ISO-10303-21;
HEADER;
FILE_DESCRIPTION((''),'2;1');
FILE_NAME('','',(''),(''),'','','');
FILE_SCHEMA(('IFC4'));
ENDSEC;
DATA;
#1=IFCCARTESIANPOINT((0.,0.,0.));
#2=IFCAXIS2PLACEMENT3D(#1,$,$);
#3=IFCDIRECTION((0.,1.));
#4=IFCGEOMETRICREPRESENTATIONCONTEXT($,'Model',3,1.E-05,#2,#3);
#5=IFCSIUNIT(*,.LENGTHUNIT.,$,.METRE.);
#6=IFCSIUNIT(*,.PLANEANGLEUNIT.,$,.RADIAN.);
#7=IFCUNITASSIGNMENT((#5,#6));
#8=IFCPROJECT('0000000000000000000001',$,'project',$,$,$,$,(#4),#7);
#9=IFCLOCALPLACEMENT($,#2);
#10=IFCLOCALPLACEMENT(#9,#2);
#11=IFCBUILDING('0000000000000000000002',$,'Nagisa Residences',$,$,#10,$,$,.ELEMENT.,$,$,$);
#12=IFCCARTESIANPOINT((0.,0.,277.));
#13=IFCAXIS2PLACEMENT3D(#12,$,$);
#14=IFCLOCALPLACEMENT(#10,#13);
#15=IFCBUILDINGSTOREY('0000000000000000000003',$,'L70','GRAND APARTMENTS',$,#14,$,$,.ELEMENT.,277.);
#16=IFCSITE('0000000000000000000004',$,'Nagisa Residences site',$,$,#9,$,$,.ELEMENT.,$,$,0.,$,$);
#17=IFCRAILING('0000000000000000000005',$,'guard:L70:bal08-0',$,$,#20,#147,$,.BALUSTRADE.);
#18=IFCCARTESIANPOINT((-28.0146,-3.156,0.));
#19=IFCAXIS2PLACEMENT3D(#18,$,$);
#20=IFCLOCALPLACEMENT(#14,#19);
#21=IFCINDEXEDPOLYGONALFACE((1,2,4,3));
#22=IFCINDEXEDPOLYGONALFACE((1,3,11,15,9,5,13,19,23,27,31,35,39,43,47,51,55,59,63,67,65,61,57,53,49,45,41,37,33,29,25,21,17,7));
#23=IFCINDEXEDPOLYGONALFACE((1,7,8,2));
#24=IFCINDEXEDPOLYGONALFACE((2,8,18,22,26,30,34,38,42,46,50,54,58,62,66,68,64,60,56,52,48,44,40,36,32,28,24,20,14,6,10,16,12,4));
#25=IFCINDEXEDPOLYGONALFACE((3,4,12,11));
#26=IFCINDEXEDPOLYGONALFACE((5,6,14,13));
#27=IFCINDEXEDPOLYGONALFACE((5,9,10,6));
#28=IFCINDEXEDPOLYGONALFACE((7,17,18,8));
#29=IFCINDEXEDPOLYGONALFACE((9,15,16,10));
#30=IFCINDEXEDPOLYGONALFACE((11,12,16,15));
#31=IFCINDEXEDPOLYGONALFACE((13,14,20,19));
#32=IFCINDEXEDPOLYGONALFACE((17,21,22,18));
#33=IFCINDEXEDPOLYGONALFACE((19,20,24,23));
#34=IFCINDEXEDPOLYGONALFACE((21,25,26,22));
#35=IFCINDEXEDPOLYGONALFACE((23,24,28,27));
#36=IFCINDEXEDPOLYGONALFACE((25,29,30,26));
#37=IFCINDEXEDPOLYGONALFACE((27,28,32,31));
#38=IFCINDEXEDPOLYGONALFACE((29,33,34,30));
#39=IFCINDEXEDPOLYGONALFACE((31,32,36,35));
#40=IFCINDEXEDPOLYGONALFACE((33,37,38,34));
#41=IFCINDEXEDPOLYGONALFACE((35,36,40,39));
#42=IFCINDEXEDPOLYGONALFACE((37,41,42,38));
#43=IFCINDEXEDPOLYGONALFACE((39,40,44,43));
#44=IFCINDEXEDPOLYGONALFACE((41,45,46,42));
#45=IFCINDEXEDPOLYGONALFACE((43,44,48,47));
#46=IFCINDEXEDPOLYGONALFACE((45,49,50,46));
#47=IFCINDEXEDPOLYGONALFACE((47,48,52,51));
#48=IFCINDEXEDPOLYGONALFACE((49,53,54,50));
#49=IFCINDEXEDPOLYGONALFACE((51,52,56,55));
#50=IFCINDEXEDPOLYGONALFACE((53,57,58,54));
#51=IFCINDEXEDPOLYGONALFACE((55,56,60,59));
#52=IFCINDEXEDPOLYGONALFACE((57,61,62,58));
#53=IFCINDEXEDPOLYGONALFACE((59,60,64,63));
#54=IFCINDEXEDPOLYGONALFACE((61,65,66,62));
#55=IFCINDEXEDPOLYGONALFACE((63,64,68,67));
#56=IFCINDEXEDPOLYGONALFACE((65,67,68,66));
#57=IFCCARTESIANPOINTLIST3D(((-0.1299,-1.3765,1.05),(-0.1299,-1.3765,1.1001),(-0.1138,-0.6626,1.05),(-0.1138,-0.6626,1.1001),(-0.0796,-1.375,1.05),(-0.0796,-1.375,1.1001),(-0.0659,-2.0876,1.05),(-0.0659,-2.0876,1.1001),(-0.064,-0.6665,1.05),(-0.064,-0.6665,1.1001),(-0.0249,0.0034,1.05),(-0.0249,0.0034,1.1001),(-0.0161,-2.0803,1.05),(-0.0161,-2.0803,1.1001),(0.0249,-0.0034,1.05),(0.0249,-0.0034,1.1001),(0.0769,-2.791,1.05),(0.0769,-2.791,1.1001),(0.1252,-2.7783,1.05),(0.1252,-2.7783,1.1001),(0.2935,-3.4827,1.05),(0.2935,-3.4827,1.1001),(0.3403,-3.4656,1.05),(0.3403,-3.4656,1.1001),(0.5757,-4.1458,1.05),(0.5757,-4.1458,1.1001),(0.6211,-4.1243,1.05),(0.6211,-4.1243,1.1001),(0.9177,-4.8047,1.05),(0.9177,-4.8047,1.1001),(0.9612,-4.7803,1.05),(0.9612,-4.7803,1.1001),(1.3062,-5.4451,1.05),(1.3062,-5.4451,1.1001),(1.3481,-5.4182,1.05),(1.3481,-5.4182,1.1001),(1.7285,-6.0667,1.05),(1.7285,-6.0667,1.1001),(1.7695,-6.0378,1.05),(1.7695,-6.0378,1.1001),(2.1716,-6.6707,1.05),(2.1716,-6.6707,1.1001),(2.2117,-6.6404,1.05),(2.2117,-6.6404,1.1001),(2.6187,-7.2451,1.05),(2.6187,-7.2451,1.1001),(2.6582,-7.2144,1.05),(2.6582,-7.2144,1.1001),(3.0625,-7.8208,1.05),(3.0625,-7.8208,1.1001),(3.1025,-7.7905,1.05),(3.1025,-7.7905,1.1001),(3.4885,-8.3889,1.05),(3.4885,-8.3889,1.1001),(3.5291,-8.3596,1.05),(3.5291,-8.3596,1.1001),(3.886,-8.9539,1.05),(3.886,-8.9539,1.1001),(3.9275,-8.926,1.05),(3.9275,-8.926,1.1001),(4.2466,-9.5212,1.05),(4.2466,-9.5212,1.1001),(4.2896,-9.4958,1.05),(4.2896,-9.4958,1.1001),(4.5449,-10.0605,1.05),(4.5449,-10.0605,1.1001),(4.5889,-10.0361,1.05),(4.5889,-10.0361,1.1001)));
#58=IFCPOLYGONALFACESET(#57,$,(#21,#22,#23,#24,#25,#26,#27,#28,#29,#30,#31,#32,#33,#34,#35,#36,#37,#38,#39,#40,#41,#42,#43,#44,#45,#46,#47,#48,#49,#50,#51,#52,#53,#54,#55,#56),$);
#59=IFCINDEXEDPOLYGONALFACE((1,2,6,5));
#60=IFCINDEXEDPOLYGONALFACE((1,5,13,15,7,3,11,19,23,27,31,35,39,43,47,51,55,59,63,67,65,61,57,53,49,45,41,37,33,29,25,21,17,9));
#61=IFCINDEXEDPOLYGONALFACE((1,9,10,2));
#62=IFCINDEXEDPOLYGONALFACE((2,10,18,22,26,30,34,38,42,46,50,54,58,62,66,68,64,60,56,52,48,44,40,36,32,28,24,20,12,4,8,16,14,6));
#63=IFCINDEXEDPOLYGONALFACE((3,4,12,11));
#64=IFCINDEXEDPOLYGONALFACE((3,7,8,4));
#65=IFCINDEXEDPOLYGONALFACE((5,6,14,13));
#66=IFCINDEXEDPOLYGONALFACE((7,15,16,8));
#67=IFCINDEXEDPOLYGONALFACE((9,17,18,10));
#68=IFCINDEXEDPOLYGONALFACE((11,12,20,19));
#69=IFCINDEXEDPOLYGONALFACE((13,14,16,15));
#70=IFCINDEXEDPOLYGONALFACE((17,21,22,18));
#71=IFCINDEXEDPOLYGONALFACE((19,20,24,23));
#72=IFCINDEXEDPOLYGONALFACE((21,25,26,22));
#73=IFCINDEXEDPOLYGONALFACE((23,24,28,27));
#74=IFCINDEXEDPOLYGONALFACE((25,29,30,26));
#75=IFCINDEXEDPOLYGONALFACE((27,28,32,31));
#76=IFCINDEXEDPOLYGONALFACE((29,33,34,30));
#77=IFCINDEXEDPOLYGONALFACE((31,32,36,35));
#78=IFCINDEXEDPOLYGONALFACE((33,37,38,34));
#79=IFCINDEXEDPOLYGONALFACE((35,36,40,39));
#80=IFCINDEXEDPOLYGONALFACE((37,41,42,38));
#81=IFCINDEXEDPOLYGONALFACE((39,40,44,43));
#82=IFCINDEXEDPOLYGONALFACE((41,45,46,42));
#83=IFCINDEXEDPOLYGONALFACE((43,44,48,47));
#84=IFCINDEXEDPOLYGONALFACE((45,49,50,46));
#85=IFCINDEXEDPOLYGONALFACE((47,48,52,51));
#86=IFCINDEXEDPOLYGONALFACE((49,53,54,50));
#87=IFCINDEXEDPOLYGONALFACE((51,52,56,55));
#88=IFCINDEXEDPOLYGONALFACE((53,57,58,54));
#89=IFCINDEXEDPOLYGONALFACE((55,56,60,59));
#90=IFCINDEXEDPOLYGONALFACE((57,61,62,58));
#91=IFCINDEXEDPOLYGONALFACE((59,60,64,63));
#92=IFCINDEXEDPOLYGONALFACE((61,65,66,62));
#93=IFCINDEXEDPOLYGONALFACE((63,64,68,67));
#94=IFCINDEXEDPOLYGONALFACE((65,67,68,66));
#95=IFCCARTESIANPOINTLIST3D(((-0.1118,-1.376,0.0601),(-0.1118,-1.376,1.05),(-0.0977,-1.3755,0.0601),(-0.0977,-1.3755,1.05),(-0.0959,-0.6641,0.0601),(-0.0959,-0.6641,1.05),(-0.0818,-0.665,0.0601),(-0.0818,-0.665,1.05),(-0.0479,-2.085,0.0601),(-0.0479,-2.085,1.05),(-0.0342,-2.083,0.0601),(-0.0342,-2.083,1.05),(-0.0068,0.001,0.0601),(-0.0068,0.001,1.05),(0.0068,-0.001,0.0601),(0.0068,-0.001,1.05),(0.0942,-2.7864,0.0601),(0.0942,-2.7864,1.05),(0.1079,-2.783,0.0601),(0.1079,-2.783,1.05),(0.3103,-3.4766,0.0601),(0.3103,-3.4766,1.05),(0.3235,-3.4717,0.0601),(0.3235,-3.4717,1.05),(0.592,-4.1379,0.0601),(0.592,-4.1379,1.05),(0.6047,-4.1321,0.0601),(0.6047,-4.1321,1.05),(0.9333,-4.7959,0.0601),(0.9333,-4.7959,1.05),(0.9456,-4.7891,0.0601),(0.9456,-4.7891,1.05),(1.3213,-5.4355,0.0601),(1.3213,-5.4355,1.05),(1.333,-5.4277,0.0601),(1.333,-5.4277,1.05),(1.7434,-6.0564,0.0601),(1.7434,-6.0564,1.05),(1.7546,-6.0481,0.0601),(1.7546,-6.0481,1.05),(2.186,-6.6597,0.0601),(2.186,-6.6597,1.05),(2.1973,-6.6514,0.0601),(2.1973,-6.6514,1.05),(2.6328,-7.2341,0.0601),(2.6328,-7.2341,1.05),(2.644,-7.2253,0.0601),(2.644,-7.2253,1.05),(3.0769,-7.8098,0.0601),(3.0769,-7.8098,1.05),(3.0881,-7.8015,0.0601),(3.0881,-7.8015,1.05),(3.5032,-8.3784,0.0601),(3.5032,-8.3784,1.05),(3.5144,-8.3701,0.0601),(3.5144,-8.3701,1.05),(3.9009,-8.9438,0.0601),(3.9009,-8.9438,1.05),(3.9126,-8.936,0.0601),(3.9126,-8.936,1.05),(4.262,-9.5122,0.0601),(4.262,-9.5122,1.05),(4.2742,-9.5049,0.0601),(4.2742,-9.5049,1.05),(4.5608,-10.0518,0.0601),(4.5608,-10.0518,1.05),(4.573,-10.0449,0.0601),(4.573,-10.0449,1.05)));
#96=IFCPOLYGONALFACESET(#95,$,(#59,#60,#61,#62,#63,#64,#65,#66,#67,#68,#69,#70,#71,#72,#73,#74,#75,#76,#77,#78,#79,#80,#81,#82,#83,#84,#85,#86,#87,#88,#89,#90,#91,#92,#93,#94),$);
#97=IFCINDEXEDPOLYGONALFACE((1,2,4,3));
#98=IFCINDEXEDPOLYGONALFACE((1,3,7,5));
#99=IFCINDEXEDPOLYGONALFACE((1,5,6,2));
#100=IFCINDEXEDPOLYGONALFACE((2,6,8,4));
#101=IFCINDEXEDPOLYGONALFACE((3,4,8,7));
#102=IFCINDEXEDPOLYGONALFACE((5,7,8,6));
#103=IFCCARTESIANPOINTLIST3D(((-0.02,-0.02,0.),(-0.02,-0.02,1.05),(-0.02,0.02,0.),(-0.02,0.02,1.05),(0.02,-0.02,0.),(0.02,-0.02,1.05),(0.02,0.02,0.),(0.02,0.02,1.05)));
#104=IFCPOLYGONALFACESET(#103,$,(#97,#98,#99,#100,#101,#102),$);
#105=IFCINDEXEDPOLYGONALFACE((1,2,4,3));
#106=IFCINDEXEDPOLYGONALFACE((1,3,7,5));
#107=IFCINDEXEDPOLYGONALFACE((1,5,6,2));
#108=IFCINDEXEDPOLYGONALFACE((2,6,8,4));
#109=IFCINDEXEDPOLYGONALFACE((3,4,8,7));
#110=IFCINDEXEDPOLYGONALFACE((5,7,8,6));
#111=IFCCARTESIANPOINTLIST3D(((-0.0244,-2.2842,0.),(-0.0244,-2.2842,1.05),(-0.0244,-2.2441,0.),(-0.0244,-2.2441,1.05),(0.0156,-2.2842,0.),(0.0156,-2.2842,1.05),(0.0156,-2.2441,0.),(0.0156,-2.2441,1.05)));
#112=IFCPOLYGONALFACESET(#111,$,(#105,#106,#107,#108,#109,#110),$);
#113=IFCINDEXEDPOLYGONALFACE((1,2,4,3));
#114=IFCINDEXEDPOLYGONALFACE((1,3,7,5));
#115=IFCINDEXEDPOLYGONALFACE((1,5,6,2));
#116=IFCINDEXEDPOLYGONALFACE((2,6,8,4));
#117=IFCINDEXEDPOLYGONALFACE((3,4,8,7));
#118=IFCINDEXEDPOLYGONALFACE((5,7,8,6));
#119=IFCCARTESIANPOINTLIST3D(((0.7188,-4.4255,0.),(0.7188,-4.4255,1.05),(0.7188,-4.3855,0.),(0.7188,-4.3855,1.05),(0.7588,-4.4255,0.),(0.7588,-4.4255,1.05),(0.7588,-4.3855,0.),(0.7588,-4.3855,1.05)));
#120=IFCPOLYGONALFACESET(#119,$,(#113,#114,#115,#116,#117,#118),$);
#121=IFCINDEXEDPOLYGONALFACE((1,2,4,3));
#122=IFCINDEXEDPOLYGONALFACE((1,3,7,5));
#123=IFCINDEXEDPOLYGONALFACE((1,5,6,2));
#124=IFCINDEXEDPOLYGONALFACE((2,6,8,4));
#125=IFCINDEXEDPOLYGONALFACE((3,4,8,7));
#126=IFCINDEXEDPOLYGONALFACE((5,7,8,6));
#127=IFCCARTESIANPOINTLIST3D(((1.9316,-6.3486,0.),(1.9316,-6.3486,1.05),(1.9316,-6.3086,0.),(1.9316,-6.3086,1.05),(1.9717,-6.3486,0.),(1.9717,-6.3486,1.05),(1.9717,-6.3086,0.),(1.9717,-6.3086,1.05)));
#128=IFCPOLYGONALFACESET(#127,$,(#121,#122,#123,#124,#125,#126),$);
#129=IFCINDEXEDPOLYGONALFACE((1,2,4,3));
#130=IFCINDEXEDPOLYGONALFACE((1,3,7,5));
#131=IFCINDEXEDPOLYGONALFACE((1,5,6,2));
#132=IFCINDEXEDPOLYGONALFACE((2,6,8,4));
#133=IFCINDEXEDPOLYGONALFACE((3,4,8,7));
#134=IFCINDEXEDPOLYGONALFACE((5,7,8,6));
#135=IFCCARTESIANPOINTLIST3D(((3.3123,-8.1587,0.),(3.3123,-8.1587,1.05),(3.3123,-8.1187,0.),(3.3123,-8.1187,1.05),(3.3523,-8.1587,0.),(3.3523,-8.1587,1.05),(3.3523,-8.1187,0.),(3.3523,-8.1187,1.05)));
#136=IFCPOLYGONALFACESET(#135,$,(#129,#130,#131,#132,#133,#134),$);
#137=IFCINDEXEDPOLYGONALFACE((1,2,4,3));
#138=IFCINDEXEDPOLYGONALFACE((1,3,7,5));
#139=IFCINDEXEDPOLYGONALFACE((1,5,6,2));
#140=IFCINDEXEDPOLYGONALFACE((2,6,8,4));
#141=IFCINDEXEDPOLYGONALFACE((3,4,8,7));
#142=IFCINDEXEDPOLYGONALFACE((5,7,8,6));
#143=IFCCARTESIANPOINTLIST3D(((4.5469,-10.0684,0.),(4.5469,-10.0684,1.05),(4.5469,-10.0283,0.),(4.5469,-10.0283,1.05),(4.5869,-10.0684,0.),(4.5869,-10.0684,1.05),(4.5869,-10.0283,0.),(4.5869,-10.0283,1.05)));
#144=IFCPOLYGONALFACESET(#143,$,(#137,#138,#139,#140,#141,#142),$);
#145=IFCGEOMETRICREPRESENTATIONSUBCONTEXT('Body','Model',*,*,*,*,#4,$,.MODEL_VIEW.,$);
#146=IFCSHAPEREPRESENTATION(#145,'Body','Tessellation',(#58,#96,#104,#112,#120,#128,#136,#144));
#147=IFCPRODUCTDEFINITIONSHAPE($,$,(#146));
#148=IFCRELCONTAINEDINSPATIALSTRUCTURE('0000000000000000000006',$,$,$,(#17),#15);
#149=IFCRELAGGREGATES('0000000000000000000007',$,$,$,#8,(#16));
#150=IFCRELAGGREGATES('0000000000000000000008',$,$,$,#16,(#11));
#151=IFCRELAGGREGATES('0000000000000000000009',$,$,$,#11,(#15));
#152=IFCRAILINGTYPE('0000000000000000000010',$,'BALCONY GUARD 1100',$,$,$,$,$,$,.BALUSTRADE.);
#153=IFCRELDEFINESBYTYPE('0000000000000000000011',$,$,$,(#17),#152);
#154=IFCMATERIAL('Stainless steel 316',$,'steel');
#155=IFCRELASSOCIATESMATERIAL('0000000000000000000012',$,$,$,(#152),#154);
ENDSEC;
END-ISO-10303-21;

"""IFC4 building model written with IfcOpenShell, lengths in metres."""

from ifc_helpers import new_model, si_unit, direction, frame, origin, origin_2d, place, context, subcontext, project, spatial, polyline, rectangle, outline, extrude, material, type_object, element, save


model = new_model("IFC4")

# Units and contexts
model_context = context("Model", 3, precision=1e-05, world=origin(), true_north=direction((0.0, 1.0)))
body_context = subcontext(model_context, "Body", "Model", "MODEL_VIEW")
ifc_project = project(units=[si_unit("LENGTHUNIT", "METRE"), si_unit("PLANEANGLEUNIT", "RADIAN")], contexts=[model_context])

# Site, building, storey
site_placement = place(None, origin())
site = spatial("IfcSite", under=ifc_project, at=site_placement, Name="Nagisa Residences site", CompositionType="ELEMENT", RefElevation=0.0)
building_placement = place(site_placement, origin())
building = spatial("IfcBuilding", under=site, at=building_placement, Name="Nagisa Residences", CompositionType="ELEMENT")
storey_placement = place(building_placement, frame((0.0, 0.0, 277.0)))
storey = spatial("IfcBuildingStorey", under=building, at=storey_placement, Name="L70", Description="GRAND APARTMENTS", CompositionType="ELEMENT", Elevation=277.0)

# Railing
ifc_material_1 = material(Name="Stainless steel 316", Category="steel")
railing_type = type_object("IfcRailingType", Name="BALCONY GUARD 1100", PredefinedType="BALUSTRADE", material=ifc_material_1)
railing_1_placement = place(storey_placement, frame((-28.0146, -3.156, 0.0)))
element("IfcRailing", 1, at=railing_1_placement, inside=storey, type_object=railing_type, Name="guard:L70:bal08-0", PredefinedType="BALUSTRADE", context=body_context, shape_type="SweptSolid", body=[
    extrude(outline(polyline([(-0.064, -0.6665), (0.0249, -0.0034), (-0.0249, 0.0034), (-0.1138, -0.6626), (-0.1299, -1.3765), (-0.0659, -2.0876), (0.0769, -2.791), (0.2935, -3.4827), (0.5757, -4.1458), (0.9177, -4.8047), (1.3062, -5.4451), (1.7285, -6.0667), (2.1716, -6.6707), (2.6187, -7.2451), (3.0625, -7.8208), (3.4885, -8.3889), (3.886, -8.9539), (4.2466, -9.5212), (4.5449, -10.0605), (4.5889, -10.0361), (4.2896, -9.4958), (3.9275, -8.926), (3.5291, -8.3596), (3.1025, -7.7905), (2.6582, -7.2144), (2.2117, -6.6404), (1.7695, -6.0378), (1.3481, -5.4182), (0.9612, -4.7803), (0.6211, -4.1243), (0.3403, -3.4656), (0.1252, -2.7783), (-0.0161, -2.0803), (-0.0796, -1.375), (-0.064, -0.6665)])), frame((0.0, 0.0, 1.05)), (0.0, 0.0, 1.0), 0.05),
    extrude(outline(polyline([(-0.0818, -0.665), (0.0068, -0.001), (-0.0068, 0.001), (-0.0959, -0.6641), (-0.1118, -1.376), (-0.0479, -2.085), (0.0942, -2.7864), (0.3103, -3.4766), (0.592, -4.1379), (0.9333, -4.7959), (1.3213, -5.4355), (1.7434, -6.0564), (2.186, -6.6597), (2.6328, -7.2341), (3.0769, -7.8098), (3.5032, -8.3784), (3.9009, -8.9438), (4.262, -9.5122), (4.5608, -10.0518), (4.573, -10.0449), (4.2742, -9.5049), (3.9126, -8.936), (3.5144, -8.3701), (3.0881, -7.8015), (2.644, -7.2253), (2.1973, -6.6514), (1.7546, -6.0481), (1.333, -5.4277), (0.9456, -4.7891), (0.6047, -4.1321), (0.3235, -3.4717), (0.1079, -2.783), (-0.0342, -2.083), (-0.0977, -1.3755), (-0.0818, -0.665)])), frame((0.0, 0.0, 0.0601)), (0.0, 0.0, 1.0), 0.99),
    extrude(rectangle(XDim=0.04, YDim=0.04, at=origin_2d()), origin(), (0.0, 0.0, 1.0), 1.05),
    extrude(rectangle(XDim=0.04, YDim=0.04, at=origin_2d()), frame((-0.0044, -2.2642, 0.0)), (0.0, 0.0, 1.0), 1.05),
    extrude(rectangle(XDim=0.04, YDim=0.04, at=origin_2d()), frame((0.7388, -4.4055, 0.0)), (0.0, 0.0, 1.0), 1.05),
    extrude(rectangle(XDim=0.04, YDim=0.04, at=origin_2d()), frame((1.9517, -6.3286, 0.0)), (0.0, 0.0, 1.0), 1.05),
    extrude(rectangle(XDim=0.04, YDim=0.04, at=origin_2d()), frame((3.3323, -8.1387, 0.0)), (0.0, 0.0, 1.0), 1.05),
    extrude(rectangle(XDim=0.04, YDim=0.04, at=origin_2d()), frame((4.5669, -10.0483, 0.0)), (0.0, 0.0, 1.0), 1.05),
])

save(model, "model.ifc")
